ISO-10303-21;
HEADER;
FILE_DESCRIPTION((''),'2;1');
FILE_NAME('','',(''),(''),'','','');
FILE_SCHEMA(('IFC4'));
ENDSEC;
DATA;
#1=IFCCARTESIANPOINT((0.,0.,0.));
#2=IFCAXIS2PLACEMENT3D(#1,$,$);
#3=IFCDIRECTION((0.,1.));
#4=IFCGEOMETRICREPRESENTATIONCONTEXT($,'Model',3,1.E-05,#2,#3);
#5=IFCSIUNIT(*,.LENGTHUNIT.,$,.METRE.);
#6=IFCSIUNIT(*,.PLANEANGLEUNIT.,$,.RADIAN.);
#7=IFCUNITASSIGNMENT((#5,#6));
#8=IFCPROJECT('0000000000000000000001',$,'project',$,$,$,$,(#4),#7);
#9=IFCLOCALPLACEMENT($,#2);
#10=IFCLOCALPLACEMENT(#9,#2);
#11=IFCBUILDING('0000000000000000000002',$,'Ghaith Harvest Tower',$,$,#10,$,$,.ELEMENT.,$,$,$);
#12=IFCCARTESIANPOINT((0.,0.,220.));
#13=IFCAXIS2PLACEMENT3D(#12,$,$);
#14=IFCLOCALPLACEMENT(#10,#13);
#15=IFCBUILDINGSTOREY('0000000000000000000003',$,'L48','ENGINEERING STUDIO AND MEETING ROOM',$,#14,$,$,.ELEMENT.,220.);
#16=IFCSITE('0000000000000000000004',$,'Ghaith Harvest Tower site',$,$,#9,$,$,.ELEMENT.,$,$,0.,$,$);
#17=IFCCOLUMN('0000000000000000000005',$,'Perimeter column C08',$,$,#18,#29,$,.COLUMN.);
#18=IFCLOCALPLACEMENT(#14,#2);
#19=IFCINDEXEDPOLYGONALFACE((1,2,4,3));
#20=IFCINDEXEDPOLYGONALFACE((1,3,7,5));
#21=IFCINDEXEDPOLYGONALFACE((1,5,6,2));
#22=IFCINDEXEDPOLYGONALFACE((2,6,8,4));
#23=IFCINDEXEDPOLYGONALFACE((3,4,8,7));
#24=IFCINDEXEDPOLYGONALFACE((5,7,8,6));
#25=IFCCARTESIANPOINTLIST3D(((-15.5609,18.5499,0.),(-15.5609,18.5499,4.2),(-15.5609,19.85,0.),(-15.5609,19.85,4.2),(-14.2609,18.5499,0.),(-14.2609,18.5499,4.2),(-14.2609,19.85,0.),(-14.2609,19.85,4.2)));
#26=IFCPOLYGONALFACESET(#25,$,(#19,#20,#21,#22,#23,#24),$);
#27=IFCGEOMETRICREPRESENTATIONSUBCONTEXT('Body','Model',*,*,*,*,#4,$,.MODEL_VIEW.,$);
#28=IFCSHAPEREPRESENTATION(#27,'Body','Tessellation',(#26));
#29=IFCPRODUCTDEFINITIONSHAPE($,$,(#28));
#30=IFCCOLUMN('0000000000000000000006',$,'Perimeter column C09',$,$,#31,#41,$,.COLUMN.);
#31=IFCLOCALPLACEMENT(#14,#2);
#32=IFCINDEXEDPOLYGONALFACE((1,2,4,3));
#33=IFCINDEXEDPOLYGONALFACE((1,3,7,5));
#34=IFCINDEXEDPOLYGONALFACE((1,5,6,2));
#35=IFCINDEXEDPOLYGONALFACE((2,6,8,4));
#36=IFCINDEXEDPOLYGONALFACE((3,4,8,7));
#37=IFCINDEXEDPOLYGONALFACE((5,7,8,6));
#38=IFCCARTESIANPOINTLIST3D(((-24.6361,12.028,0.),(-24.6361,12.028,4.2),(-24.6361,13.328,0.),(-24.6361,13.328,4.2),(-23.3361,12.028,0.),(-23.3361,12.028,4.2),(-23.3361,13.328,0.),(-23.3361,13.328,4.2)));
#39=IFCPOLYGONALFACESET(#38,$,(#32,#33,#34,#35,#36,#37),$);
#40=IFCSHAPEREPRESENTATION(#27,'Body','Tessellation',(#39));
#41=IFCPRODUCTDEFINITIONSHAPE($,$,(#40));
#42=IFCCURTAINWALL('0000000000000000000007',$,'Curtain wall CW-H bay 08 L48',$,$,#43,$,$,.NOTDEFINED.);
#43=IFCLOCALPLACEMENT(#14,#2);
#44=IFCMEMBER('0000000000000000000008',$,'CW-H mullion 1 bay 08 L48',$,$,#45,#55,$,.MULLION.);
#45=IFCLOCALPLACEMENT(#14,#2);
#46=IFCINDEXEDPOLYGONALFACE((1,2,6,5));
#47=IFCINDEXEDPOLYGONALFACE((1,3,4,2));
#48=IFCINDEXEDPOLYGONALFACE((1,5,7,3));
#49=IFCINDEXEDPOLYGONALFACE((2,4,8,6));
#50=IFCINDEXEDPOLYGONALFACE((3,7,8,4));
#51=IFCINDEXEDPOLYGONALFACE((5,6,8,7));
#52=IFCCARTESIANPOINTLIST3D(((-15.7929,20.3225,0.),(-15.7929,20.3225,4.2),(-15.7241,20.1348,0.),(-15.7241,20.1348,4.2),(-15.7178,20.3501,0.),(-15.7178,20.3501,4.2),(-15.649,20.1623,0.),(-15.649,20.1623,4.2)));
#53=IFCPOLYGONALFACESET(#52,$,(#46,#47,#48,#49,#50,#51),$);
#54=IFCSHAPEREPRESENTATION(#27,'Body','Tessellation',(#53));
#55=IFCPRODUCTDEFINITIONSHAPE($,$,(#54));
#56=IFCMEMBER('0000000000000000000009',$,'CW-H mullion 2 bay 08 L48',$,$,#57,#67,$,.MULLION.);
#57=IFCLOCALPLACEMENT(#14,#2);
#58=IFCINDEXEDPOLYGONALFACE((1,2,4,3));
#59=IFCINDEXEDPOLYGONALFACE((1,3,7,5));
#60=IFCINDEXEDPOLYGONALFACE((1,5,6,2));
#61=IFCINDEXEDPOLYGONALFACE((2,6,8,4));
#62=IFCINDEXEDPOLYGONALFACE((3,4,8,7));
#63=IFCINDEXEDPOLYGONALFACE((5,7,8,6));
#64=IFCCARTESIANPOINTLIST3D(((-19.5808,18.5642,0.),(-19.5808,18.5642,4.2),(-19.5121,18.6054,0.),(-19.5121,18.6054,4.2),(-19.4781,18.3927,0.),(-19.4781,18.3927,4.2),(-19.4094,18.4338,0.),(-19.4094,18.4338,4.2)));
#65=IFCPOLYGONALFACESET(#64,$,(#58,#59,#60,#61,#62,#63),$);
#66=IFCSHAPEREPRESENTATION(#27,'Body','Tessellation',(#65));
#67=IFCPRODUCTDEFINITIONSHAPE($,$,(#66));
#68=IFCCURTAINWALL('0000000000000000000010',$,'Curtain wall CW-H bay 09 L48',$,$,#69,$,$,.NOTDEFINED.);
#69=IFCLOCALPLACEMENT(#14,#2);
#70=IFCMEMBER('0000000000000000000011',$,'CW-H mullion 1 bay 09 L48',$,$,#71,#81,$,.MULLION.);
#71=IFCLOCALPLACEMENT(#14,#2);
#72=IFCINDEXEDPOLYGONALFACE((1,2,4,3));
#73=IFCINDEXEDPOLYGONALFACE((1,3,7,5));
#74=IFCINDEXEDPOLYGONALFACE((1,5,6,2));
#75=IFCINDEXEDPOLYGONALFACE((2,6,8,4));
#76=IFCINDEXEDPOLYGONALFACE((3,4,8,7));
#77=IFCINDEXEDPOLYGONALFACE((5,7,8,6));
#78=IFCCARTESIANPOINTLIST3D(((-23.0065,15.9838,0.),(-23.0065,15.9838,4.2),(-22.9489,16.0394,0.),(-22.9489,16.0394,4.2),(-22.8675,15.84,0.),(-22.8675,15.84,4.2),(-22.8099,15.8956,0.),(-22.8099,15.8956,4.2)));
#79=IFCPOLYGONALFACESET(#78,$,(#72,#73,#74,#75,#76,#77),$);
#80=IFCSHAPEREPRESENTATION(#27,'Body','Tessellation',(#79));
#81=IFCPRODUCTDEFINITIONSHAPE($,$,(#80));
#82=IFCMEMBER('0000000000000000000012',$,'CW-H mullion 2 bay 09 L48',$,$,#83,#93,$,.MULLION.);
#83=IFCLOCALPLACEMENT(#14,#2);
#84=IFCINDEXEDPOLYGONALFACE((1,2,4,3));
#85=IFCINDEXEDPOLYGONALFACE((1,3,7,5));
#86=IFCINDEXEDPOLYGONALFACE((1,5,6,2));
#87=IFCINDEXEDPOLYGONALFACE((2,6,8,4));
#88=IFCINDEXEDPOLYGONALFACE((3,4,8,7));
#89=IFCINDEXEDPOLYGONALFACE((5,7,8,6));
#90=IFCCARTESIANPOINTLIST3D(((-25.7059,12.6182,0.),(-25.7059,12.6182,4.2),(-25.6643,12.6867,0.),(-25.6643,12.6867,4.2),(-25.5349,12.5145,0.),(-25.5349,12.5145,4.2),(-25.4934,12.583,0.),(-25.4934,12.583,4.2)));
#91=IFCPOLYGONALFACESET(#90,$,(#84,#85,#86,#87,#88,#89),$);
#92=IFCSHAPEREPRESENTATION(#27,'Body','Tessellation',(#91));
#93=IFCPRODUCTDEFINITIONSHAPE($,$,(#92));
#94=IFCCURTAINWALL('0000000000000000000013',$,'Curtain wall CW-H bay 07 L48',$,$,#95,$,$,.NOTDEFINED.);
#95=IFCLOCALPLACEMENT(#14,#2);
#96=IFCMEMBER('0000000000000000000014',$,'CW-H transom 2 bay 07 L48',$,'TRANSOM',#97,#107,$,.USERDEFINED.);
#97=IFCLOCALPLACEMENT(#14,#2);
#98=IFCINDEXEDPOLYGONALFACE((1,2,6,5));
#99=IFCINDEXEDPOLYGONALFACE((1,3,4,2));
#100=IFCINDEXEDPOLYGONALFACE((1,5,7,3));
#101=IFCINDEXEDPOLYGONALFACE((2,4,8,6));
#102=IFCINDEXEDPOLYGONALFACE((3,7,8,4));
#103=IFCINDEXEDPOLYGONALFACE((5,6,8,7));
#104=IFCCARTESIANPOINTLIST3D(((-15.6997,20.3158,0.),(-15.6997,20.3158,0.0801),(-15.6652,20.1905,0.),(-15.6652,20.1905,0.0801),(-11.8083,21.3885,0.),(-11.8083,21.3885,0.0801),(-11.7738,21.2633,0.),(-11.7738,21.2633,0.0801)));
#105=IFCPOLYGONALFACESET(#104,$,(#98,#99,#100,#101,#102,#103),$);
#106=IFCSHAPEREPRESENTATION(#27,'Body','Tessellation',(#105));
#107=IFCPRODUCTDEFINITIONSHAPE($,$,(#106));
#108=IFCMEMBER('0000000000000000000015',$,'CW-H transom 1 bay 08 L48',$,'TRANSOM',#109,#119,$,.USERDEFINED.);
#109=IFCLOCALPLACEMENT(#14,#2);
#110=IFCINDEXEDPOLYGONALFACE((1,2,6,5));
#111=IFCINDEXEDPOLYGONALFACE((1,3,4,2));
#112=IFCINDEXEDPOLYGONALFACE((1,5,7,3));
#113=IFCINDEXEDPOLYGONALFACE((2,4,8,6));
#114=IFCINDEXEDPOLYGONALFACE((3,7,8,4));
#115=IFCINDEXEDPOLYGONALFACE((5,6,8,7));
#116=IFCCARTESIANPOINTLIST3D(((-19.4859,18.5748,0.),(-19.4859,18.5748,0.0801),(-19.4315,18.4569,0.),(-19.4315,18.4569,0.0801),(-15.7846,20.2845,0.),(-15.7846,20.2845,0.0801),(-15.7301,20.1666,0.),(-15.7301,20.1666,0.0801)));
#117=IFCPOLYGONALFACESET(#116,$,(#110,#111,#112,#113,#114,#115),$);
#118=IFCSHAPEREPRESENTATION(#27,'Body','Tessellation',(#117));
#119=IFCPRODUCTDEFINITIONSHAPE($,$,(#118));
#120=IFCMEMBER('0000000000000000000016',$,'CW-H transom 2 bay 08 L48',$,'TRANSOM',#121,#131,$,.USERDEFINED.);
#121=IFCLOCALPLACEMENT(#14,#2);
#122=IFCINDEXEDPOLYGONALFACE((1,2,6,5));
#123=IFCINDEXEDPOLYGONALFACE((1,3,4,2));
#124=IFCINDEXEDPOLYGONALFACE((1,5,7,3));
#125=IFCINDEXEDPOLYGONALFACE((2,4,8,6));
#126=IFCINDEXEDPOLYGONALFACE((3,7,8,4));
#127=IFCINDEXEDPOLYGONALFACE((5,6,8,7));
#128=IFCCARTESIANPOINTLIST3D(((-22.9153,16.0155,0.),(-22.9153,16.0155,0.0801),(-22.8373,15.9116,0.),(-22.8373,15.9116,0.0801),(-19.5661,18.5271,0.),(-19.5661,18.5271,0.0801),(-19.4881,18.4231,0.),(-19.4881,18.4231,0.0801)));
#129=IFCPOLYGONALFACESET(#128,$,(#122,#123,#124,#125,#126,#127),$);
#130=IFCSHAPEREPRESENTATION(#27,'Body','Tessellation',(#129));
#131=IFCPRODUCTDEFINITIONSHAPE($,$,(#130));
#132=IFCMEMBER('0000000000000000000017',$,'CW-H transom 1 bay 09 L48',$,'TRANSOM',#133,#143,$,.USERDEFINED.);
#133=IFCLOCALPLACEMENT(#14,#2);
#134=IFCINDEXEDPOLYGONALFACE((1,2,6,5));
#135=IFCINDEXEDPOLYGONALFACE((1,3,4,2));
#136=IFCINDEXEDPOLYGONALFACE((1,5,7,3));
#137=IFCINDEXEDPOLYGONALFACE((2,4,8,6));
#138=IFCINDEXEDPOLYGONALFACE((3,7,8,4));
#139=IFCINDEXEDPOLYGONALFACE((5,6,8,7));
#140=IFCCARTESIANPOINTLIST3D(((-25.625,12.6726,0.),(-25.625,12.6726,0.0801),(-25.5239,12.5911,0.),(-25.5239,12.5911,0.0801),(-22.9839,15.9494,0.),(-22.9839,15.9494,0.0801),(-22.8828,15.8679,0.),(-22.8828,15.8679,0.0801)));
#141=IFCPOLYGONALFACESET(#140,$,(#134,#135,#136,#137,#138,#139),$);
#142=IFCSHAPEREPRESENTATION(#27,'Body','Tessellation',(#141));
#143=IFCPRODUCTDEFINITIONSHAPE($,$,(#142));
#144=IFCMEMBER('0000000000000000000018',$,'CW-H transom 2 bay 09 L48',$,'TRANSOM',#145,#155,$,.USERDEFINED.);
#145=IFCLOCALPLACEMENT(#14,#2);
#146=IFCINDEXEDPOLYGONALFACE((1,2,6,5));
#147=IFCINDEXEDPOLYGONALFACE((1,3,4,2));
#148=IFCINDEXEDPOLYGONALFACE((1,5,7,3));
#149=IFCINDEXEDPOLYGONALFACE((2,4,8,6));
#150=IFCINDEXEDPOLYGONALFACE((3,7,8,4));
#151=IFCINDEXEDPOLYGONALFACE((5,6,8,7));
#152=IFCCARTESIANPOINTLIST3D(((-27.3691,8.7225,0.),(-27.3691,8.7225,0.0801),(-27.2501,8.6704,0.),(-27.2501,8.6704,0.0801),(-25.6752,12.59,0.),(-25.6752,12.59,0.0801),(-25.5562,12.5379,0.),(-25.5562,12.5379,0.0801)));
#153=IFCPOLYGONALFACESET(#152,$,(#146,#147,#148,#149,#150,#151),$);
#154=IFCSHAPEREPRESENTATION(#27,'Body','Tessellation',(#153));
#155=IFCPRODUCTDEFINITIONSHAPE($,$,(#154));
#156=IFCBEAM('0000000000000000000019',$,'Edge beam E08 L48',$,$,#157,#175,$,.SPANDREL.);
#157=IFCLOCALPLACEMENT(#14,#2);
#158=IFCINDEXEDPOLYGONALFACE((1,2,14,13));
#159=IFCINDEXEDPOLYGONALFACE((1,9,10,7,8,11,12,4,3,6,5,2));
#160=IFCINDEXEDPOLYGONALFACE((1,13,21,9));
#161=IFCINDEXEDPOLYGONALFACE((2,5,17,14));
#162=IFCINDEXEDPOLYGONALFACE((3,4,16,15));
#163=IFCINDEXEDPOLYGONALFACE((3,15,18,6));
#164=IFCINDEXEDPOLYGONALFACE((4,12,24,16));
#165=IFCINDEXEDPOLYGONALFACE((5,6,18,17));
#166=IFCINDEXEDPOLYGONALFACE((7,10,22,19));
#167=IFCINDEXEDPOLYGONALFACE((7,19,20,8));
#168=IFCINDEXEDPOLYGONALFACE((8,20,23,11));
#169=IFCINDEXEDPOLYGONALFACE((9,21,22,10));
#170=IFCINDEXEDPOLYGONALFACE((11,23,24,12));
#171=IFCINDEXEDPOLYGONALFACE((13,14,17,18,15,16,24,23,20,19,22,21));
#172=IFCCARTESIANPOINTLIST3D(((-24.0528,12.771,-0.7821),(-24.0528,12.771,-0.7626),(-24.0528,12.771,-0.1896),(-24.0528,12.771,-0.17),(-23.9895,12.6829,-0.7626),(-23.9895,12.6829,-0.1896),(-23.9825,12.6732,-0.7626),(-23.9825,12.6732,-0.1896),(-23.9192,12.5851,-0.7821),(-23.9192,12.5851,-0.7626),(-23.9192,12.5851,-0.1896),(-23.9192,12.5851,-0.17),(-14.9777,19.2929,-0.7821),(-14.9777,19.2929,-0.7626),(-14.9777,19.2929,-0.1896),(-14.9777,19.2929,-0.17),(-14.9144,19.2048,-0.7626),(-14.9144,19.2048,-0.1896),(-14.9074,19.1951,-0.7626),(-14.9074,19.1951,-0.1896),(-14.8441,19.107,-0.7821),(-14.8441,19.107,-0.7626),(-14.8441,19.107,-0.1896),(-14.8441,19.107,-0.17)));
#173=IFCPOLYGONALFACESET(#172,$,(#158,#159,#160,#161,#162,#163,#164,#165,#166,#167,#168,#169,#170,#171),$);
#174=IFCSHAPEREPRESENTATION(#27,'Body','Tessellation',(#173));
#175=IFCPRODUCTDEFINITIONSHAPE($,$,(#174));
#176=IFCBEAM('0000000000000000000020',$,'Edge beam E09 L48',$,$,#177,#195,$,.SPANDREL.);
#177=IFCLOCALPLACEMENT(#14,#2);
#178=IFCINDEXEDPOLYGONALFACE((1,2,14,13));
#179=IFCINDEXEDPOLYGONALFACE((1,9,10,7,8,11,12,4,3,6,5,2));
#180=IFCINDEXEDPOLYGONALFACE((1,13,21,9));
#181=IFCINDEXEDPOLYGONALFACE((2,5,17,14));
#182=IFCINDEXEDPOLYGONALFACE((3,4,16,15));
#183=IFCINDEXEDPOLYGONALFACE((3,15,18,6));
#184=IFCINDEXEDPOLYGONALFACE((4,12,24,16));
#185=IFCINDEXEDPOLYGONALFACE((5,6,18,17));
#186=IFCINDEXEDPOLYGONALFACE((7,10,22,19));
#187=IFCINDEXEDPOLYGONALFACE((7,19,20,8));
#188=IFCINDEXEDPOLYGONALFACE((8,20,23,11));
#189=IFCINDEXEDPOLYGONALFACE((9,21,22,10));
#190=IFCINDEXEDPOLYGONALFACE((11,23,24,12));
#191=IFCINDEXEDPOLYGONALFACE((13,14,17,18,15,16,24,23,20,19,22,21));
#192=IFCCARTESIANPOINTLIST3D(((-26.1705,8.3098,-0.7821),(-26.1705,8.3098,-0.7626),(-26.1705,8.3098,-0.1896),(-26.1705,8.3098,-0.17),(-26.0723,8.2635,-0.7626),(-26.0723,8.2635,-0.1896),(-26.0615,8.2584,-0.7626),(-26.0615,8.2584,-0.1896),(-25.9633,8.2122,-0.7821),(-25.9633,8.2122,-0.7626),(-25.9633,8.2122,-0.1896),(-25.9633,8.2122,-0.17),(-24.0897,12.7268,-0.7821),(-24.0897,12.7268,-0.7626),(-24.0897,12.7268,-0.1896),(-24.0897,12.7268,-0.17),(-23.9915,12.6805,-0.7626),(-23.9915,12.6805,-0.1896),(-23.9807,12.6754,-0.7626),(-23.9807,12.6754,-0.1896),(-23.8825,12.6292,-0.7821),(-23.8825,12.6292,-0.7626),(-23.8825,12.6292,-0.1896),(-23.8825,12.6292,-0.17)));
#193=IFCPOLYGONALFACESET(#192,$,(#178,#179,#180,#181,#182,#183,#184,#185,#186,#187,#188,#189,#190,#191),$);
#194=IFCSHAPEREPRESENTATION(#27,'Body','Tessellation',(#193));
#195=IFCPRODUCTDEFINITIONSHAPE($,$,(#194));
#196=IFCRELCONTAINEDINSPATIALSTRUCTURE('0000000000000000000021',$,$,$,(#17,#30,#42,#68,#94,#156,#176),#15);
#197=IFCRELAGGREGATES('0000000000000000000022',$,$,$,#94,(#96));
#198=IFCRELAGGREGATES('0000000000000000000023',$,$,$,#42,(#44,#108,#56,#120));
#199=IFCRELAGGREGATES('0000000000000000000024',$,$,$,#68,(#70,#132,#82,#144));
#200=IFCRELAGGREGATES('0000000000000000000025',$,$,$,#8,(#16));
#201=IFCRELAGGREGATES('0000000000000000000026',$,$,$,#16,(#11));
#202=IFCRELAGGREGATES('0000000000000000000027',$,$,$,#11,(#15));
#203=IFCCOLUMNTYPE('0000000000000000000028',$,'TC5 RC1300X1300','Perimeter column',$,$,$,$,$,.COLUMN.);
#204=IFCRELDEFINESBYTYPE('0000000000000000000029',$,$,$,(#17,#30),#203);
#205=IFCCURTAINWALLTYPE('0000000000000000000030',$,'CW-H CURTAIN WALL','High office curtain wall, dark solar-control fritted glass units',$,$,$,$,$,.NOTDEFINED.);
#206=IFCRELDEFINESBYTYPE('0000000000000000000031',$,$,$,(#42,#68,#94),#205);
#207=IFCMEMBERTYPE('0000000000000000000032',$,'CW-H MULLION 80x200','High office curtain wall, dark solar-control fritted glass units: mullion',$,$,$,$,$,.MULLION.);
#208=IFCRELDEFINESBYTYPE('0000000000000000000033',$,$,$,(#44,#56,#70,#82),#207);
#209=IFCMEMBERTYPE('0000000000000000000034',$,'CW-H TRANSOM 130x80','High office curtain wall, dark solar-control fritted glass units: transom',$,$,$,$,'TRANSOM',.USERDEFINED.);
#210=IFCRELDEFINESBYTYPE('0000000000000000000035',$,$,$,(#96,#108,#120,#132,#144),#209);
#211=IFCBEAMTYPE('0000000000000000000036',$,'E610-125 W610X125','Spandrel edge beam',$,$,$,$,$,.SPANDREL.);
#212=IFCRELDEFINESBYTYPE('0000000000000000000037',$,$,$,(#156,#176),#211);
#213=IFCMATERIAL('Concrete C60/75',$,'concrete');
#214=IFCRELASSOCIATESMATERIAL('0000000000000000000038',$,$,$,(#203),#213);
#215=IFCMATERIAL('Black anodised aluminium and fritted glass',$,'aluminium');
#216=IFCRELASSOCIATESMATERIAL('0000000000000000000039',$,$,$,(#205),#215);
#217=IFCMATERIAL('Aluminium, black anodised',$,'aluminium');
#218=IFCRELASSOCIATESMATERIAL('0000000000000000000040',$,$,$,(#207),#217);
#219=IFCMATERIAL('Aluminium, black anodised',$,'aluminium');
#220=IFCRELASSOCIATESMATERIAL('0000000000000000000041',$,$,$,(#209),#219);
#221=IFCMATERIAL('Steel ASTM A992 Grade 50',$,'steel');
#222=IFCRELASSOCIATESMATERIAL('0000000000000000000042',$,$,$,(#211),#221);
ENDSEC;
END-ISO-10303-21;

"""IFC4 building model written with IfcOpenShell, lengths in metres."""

from ifc_helpers import new_model, si_unit, direction, frame, origin, origin_2d, place, context, subcontext, project, spatial, rectangle, i_section, extrude, material, material_profile, profile_set, type_object, element, aggregate, save


model = new_model("IFC4")

# Units and contexts
model_context = context("Model", 3, precision=1e-05, world=origin(), true_north=direction((0.0, 1.0)))
body_context = subcontext(model_context, "Body", "Model", "MODEL_VIEW")
ifc_project = project(units=[si_unit("LENGTHUNIT", "METRE"), si_unit("PLANEANGLEUNIT", "RADIAN")], contexts=[model_context])

# Site, building, storey
site_placement = place(None, origin())
site = spatial("IfcSite", under=ifc_project, at=site_placement, Name="Ghaith Harvest Tower site", CompositionType="ELEMENT", RefElevation=0.0)
building_placement = place(site_placement, origin())
building = spatial("IfcBuilding", under=site, at=building_placement, Name="Ghaith Harvest Tower", CompositionType="ELEMENT")
storey_placement = place(building_placement, frame((0.0, 0.0, 220.0)))
storey = spatial("IfcBuildingStorey", under=building, at=storey_placement, Name="L48", Description="ENGINEERING STUDIO AND MEETING ROOM", CompositionType="ELEMENT", Elevation=220.0)

# Columns
ifc_material_1 = material(Name="Concrete C60/75", Category="concrete")
ifc_material_profile_1 = material_profile(ifc_material_1, rectangle(XDim=1.3, YDim=1.3, at=origin_2d()), Name="RC1300X1300")
ifc_profile_set_1 = profile_set([ifc_material_profile_1], Name="Concrete C60/75")
column_type = type_object("IfcColumnType", Name="TC5 RC1300X1300", Description="Perimeter column", PredefinedType="COLUMN", material=ifc_profile_set_1)
for number, where, z_axis, x_axis, name in (
    (1, (-14.9109, 19.2, 0.0), (0.0, 0.0, 1.0), (1.0, 0.0, 0.0), "Perimeter column C08"),
    (2, (-23.9861, 12.678, 0.0), (0.0, 0.0, 1.0), (1.0, 0.0, 0.0), "Perimeter column C09"),
):
    element("IfcColumn", number, at=place(storey_placement, frame(where, z_axis=z_axis, x_axis=x_axis)), inside=storey, type_object=column_type, Name=name, PredefinedType="COLUMN", context=body_context, shape_type="SweptSolid", body=[
        extrude(rectangle(XDim=1.3, YDim=1.3, at=origin_2d()), origin(), (0.0, 0.0, 1.0), 4.2),
    ])

# Curtain walls, members
ifc_material_2 = material(Name="Black anodised aluminium and fritted glass", Category="aluminium")
curtain_wall_type = type_object("IfcCurtainWallType", Name="CW-H CURTAIN WALL", Description="High office curtain wall, dark solar-control fritted glass units", PredefinedType="NOTDEFINED", material=ifc_material_2)
curtain_wall_1_placement = place(storey_placement, origin())
curtain_wall_1 = element("IfcCurtainWall", 3, at=curtain_wall_1_placement, inside=storey, type_object=curtain_wall_type, Name="Curtain wall CW-H bay 08 L48", PredefinedType="NOTDEFINED")
ifc_material_3 = material(Name="Aluminium, black anodised", Category="aluminium")
ifc_material_profile_2 = material_profile(ifc_material_3, rectangle(XDim=0.0801, YDim=0.2, at=origin_2d()), Name="CW-H MULLION 80x200")
ifc_profile_set_2 = profile_set([ifc_material_profile_2], Name="Aluminium, black anodised")
member_type_1 = type_object("IfcMemberType", Name="CW-H MULLION 80x200", Description="High office curtain wall, dark solar-control fritted glass units: mullion", PredefinedType="MULLION", material=ifc_profile_set_2)
member_1_placement = place(storey_placement, frame((-15.7209, 20.2424, 0.0), z_axis=(0.0, 0.0, 1.0), x_axis=(-0.938931, -0.344106, 0.0)))
member_1 = element("IfcMember", 4, at=member_1_placement, type_object=member_type_1, Name="CW-H mullion 1 bay 08 L48", PredefinedType="MULLION", context=body_context, shape_type="SweptSolid", body=[
    extrude(rectangle(XDim=0.0801, YDim=0.2, at=origin_2d()), origin(), (0.0, 0.0, 1.0), 4.2),
])
member_2_placement = place(storey_placement, frame((-19.4951, 18.499, 0.0), z_axis=(0.0, 0.0, 1.0), x_axis=(-0.857999, -0.513652, 0.0)))
member_2 = element("IfcMember", 5, at=member_2_placement, type_object=member_type_1, Name="CW-H mullion 2 bay 08 L48", PredefinedType="MULLION", context=body_context, shape_type="SweptSolid", body=[
    extrude(rectangle(XDim=0.0801, YDim=0.2, at=origin_2d()), origin(), (0.0, 0.0, 1.0), 4.2),
])
curtain_wall_2_placement = place(storey_placement, origin())
curtain_wall_2 = element("IfcCurtainWall", 6, at=curtain_wall_2_placement, inside=storey, type_object=curtain_wall_type, Name="Curtain wall CW-H bay 09 L48", PredefinedType="NOTDEFINED")
member_3_placement = place(storey_placement, frame((-22.9082, 15.9397, 0.0), z_axis=(0.0, 0.0, 1.0), x_axis=(-0.719146, -0.694859, 0.0)))
member_3 = element("IfcMember", 7, at=member_3_placement, type_object=member_type_1, Name="CW-H mullion 1 bay 09 L48", PredefinedType="MULLION", context=body_context, shape_type="SweptSolid", body=[
    extrude(rectangle(XDim=0.0801, YDim=0.2, at=origin_2d()), origin(), (0.0, 0.0, 1.0), 4.2),
])
member_4_placement = place(storey_placement, frame((-25.5996, 12.6006, 0.0), z_axis=(0.0, 0.0, 1.0), x_axis=(-0.518769, -0.854914, 0.0)))
member_4 = element("IfcMember", 8, at=member_4_placement, type_object=member_type_1, Name="CW-H mullion 2 bay 09 L48", PredefinedType="MULLION", context=body_context, shape_type="SweptSolid", body=[
    extrude(rectangle(XDim=0.0801, YDim=0.2, at=origin_2d()), origin(), (0.0, 0.0, 1.0), 4.2),
])

# Curtain wall, member
curtain_wall_3_placement = place(storey_placement, origin())
curtain_wall_3 = element("IfcCurtainWall", 9, at=curtain_wall_3_placement, inside=storey, type_object=curtain_wall_type, Name="Curtain wall CW-H bay 07 L48", PredefinedType="NOTDEFINED")
ifc_material_4 = material(Name="Aluminium, black anodised", Category="aluminium")
ifc_material_profile_3 = material_profile(ifc_material_4, rectangle(XDim=0.1299, YDim=0.0801, at=origin_2d()), Name="CW-H TRANSOM 130x80")
ifc_profile_set_3 = profile_set([ifc_material_profile_3], Name="Aluminium, black anodised")
member_type_2 = type_object("IfcMemberType", Name="CW-H TRANSOM 130x80", Description="High office curtain wall, dark solar-control fritted glass units: transom", ElementType="TRANSOM", PredefinedType="USERDEFINED", material=ifc_profile_set_3)
member_5_placement = place(storey_placement, frame((-11.791, 21.3259, 0.04), z_axis=(-0.964039, -0.265762, 0.0), x_axis=(0.265762, -0.964039, 0.0)))
member_5 = element("IfcMember", 10, at=member_5_placement, type_object=member_type_2, Name="CW-H transom 2 bay 07 L48", ObjectType="TRANSOM", PredefinedType="USERDEFINED", context=body_context, shape_type="SweptSolid", body=[
    extrude(rectangle(XDim=0.1299, YDim=0.0801, at=origin_2d()), origin(), (0.0, 0.0, 1.0), 4.0366),
])

# Members
member_6_placement = place(storey_placement, frame((-15.7573, 20.2256, 0.04), z_axis=(-0.907831, -0.419335, 0.0), x_axis=(0.419335, -0.907831, 0.0)))
member_6 = element("IfcMember", 11, at=member_6_placement, type_object=member_type_2, Name="CW-H transom 1 bay 08 L48", ObjectType="TRANSOM", PredefinedType="USERDEFINED", context=body_context, shape_type="SweptSolid", body=[
    extrude(rectangle(XDim=0.1299, YDim=0.0801, at=origin_2d()), origin(), (0.0, 0.0, 1.0), 4.0771),
])
member_7_placement = place(storey_placement, frame((-19.5271, 18.4751, 0.04), z_axis=(-0.800042, -0.599944, 0.0), x_axis=(0.599944, -0.800042, 0.0)))
member_7 = element("IfcMember", 12, at=member_7_placement, type_object=member_type_2, Name="CW-H transom 2 bay 08 L48", ObjectType="TRANSOM", PredefinedType="USERDEFINED", context=body_context, shape_type="SweptSolid", body=[
    extrude(rectangle(XDim=0.1299, YDim=0.0801, at=origin_2d()), origin(), (0.0, 0.0, 1.0), 4.1863),
])
member_8_placement = place(storey_placement, frame((-22.9333, 15.9087, 0.04), z_axis=(-0.627535, -0.778589, 0.0), x_axis=(0.778589, -0.627535, 0.0)))
member_8 = element("IfcMember", 13, at=member_8_placement, type_object=member_type_2, Name="CW-H transom 1 bay 09 L48", ObjectType="TRANSOM", PredefinedType="USERDEFINED", context=body_context, shape_type="SweptSolid", body=[
    extrude(rectangle(XDim=0.1299, YDim=0.0801, at=origin_2d()), origin(), (0.0, 0.0, 1.0), 4.2087),
])
member_9_placement = place(storey_placement, frame((-25.6157, 12.564, 0.04), z_axis=(-0.401186, -0.915997, 0.0), x_axis=(0.915997, -0.401186, 0.0)))
member_9 = element("IfcMember", 14, at=member_9_placement, type_object=member_type_2, Name="CW-H transom 2 bay 09 L48", ObjectType="TRANSOM", PredefinedType="USERDEFINED", context=body_context, shape_type="SweptSolid", body=[
    extrude(rectangle(XDim=0.1299, YDim=0.0801, at=origin_2d()), origin(), (0.0, 0.0, 1.0), 4.2222),
])

# Beams
ifc_material_5 = material(Name="Steel ASTM A992 Grade 50", Category="steel")
ifc_material_profile_4 = material_profile(ifc_material_5, i_section(OverallWidth=0.229, OverallDepth=0.6121, WebThickness=0.012, FlangeThickness=0.0195, at=origin_2d()), Name="W610X125")
ifc_profile_set_4 = profile_set([ifc_material_profile_4], Name="Steel ASTM A992 Grade 50")
beam_type = type_object("IfcBeamType", Name="E610-125 W610X125", Description="Spandrel edge beam", PredefinedType="SPANDREL", material=ifc_profile_set_4)
beam_1_placement = place(storey_placement, frame((-14.9109, 19.2, -0.4761), z_axis=(-0.81205, -0.583587, 0.0), x_axis=(0.583587, -0.81205, 0.0)))
element("IfcBeam", 15, at=beam_1_placement, inside=storey, type_object=beam_type, Name="Edge beam E08 L48", PredefinedType="SPANDREL", context=body_context, shape_type="SweptSolid", body=[
    extrude(i_section(OverallWidth=0.229, OverallDepth=0.6121, WebThickness=0.012, FlangeThickness=0.0195, at=origin_2d()), origin(), (0.0, 0.0, 1.0), 11.1755),
])
beam_2_placement = place(storey_placement, frame((-23.9861, 12.678, -0.4761), z_axis=(-0.42617, -0.904643, 0.0), x_axis=(0.904643, -0.42617, 0.0)))
element("IfcBeam", 16, at=beam_2_placement, inside=storey, type_object=beam_type, Name="Edge beam E09 L48", PredefinedType="SPANDREL", context=body_context, shape_type="SweptSolid", body=[
    extrude(i_section(OverallWidth=0.229, OverallDepth=0.6121, WebThickness=0.012, FlangeThickness=0.0195, at=origin_2d()), origin(), (0.0, 0.0, 1.0), 4.8826),
])

aggregate(curtain_wall_3, [member_5])
aggregate(curtain_wall_1, [member_1, member_6, member_2, member_7])
aggregate(curtain_wall_2, [member_3, member_8, member_4, member_9])

save(model, "model.ifc")
